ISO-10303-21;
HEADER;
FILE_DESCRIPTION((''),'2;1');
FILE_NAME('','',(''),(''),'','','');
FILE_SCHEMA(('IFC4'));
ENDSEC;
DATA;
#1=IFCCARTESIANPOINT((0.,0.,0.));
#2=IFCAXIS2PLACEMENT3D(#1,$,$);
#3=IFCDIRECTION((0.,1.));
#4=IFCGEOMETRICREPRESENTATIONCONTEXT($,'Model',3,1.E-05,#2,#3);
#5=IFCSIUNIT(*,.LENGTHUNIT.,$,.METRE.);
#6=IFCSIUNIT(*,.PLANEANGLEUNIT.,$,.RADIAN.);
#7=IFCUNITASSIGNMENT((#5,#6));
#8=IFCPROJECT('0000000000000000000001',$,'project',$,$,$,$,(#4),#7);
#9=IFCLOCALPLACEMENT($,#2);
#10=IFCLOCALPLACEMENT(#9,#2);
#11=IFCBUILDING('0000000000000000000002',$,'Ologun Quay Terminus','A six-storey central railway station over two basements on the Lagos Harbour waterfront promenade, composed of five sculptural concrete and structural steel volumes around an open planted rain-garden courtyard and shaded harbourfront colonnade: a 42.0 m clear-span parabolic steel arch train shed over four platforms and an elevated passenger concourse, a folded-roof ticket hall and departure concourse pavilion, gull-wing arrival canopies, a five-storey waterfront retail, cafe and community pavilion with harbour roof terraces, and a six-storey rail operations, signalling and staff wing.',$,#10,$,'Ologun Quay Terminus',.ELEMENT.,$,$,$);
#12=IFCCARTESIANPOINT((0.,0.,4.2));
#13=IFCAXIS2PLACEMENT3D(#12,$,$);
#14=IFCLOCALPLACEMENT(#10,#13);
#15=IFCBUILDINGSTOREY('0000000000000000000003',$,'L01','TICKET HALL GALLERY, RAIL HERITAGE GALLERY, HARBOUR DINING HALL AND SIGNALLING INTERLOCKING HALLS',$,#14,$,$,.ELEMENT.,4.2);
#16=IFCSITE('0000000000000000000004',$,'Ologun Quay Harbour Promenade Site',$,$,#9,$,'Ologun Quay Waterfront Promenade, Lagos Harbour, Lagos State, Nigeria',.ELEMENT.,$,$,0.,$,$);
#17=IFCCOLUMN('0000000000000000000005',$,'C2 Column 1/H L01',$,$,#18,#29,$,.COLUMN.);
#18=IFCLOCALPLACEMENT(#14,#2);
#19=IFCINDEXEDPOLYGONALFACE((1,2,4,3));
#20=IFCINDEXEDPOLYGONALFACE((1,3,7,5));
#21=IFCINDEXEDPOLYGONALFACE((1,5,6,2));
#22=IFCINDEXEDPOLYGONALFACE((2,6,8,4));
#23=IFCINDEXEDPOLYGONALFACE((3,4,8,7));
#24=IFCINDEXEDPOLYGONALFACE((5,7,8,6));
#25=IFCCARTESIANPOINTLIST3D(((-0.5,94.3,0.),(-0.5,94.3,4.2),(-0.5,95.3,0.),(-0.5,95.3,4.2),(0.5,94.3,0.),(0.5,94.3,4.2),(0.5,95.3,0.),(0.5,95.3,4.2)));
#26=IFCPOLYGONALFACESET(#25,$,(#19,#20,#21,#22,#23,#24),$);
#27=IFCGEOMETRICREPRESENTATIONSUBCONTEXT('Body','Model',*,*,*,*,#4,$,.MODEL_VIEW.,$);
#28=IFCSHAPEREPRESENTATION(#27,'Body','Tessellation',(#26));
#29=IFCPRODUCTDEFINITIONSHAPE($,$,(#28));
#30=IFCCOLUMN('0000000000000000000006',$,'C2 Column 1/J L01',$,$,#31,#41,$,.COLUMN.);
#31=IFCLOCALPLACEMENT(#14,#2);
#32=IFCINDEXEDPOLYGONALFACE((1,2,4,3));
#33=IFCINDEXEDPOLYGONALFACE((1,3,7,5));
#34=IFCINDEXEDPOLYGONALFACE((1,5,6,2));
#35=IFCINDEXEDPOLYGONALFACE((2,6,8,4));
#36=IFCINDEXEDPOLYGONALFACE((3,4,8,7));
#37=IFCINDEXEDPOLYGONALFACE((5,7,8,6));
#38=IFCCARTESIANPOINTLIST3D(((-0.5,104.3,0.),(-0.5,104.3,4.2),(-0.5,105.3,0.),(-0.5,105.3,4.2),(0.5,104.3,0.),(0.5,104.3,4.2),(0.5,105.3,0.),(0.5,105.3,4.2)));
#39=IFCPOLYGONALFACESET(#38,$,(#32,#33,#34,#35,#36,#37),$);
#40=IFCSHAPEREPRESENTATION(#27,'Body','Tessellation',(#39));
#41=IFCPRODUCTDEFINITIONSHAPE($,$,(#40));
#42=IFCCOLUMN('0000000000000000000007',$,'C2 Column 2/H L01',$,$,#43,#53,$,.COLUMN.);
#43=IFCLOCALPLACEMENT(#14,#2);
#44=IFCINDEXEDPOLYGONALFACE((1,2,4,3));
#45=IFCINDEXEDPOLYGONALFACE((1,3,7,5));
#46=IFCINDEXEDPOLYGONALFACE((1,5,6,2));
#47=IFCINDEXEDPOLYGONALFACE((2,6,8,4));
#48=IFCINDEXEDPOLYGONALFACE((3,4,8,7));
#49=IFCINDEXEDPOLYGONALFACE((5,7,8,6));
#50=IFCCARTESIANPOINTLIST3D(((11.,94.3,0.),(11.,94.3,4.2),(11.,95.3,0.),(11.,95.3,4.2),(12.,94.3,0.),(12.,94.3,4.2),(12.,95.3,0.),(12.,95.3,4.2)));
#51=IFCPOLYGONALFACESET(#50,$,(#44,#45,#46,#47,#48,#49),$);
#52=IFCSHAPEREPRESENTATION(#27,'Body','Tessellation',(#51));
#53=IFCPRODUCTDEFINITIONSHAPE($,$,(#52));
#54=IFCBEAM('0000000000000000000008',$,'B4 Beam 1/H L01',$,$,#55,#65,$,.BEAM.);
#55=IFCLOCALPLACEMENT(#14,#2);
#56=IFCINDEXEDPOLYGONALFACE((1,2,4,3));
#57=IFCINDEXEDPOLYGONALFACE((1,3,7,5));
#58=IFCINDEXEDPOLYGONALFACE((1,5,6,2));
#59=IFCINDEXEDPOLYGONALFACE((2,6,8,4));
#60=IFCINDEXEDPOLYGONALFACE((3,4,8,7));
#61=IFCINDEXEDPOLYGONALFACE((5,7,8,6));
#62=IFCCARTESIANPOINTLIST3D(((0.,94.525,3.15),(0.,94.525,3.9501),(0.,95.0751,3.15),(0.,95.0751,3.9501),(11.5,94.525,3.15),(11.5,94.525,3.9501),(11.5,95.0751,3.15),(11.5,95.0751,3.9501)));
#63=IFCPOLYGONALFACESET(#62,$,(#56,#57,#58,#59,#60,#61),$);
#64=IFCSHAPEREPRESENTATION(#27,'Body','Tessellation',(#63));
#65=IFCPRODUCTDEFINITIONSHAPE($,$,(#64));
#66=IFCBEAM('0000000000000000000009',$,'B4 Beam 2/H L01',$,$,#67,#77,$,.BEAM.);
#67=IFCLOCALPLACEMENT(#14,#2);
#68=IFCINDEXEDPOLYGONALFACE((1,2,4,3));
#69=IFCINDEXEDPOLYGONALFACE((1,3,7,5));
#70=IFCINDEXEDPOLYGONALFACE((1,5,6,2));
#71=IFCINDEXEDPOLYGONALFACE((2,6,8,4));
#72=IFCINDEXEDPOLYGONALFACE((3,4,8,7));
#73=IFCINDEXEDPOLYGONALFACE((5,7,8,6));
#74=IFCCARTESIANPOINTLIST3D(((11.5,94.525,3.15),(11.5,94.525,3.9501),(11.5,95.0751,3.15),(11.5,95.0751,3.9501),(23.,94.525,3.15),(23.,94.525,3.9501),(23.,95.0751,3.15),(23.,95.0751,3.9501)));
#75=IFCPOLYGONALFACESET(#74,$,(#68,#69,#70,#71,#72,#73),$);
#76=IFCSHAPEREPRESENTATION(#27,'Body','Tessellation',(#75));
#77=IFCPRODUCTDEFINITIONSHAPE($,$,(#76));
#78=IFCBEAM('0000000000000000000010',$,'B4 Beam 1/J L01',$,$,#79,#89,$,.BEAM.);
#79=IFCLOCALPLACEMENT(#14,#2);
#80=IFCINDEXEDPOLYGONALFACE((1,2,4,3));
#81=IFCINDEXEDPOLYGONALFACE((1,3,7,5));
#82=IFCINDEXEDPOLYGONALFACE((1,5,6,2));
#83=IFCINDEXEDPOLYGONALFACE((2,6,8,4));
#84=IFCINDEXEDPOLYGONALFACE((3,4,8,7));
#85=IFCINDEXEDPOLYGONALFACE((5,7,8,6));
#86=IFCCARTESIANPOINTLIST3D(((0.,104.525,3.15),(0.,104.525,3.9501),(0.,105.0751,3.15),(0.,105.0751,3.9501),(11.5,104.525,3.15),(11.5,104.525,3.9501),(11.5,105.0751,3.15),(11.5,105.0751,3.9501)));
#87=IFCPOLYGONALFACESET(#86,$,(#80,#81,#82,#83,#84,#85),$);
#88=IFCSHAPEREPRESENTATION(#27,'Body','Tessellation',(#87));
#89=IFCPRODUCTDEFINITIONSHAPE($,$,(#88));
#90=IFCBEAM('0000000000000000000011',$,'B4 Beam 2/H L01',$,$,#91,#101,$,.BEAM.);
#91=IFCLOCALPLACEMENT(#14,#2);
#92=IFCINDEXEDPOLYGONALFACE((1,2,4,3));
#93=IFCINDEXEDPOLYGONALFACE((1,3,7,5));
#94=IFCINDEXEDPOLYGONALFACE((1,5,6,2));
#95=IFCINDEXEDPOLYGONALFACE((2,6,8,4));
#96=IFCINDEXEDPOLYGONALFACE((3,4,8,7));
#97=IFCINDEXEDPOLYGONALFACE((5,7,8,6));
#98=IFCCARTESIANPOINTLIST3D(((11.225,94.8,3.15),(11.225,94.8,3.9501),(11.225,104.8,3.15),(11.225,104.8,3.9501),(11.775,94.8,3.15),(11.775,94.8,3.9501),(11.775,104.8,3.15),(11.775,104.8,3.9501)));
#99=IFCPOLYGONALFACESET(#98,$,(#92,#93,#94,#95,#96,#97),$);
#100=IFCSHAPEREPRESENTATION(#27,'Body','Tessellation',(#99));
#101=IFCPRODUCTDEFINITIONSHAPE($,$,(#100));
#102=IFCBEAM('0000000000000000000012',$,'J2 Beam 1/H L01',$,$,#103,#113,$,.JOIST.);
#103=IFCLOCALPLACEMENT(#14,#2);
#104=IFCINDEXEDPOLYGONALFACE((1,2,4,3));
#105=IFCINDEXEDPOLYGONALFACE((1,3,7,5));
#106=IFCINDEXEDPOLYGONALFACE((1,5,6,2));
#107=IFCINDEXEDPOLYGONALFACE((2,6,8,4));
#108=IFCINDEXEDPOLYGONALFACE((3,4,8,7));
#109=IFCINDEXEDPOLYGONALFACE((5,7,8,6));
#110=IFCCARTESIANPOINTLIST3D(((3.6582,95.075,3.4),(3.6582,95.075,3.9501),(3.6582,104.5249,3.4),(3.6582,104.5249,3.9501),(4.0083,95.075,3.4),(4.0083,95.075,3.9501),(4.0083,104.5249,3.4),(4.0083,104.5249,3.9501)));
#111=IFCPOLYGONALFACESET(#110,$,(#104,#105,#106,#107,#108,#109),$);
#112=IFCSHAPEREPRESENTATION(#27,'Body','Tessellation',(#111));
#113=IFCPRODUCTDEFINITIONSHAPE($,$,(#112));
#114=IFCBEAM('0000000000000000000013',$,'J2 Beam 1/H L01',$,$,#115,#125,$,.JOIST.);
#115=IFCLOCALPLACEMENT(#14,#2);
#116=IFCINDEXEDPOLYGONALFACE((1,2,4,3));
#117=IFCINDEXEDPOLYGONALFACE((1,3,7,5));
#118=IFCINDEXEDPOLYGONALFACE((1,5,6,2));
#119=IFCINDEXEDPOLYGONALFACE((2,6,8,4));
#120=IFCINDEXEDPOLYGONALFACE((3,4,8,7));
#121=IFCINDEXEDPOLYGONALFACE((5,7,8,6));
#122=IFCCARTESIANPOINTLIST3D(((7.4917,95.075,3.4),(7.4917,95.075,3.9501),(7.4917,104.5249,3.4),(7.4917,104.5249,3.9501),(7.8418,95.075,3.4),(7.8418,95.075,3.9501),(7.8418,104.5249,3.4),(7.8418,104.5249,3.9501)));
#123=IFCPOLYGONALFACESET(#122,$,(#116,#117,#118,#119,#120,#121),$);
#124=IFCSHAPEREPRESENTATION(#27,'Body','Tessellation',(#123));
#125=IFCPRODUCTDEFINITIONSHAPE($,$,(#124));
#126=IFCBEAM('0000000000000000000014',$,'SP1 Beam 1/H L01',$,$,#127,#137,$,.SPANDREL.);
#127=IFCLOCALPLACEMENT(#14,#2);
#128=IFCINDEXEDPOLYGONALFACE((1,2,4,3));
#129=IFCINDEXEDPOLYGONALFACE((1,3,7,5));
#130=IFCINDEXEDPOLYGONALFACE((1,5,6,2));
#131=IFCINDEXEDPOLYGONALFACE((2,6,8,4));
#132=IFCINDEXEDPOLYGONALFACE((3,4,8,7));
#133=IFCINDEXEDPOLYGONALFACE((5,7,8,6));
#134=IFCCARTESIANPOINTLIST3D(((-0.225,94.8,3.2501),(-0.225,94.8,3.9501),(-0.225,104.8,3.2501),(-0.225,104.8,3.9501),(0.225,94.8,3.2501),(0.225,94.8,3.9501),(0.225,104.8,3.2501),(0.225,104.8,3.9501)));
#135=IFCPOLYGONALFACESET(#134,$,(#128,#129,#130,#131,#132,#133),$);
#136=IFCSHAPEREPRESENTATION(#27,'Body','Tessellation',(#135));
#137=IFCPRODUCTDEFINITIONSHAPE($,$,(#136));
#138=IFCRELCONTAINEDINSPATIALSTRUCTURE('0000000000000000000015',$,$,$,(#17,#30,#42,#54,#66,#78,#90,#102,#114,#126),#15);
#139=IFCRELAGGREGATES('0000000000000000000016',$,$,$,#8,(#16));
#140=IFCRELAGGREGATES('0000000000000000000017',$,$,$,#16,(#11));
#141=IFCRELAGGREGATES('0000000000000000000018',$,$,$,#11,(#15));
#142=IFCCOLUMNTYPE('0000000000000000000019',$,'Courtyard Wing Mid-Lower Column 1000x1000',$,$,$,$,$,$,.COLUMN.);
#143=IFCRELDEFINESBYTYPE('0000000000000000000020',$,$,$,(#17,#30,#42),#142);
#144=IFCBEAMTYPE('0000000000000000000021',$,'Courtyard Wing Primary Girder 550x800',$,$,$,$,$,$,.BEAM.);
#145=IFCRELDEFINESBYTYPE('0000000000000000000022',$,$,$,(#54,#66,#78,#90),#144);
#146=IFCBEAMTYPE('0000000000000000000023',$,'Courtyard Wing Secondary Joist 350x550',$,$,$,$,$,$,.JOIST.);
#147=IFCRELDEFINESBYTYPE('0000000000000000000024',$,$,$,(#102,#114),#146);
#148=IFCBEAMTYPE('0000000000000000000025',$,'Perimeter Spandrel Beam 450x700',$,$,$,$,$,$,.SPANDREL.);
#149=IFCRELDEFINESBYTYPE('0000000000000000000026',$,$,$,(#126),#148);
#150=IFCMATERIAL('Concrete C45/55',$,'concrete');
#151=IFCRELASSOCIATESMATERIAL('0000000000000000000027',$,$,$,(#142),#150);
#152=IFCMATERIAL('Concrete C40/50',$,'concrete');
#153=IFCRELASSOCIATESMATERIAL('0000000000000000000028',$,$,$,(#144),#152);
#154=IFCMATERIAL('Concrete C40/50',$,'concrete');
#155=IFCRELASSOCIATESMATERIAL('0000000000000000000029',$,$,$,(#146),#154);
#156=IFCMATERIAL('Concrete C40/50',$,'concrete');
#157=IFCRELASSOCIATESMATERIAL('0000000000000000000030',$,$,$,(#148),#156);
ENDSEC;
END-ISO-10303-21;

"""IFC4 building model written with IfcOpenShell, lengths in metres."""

from ifc_helpers import new_model, si_unit, direction, frame, origin, origin_2d, place, context, subcontext, project, spatial, rectangle, extrude, material, material_profile, profile_set, type_object, element, save


model = new_model("IFC4")

# Units and contexts
model_context = context("Model", 3, precision=1e-05, world=origin(), true_north=direction((0.0, 1.0)))
body_context = subcontext(model_context, "Body", "Model", "MODEL_VIEW")
ifc_project = project(units=[si_unit("LENGTHUNIT", "METRE"), si_unit("PLANEANGLEUNIT", "RADIAN")], contexts=[model_context])

# Site, building, storey
site_placement = place(None, origin())
site = spatial("IfcSite", under=ifc_project, at=site_placement, Name="Ologun Quay Harbour Promenade Site", LongName="Ologun Quay Waterfront Promenade, Lagos Harbour, Lagos State, Nigeria", CompositionType="ELEMENT", RefElevation=0.0)
building_placement = place(site_placement, origin())
building = spatial("IfcBuilding", under=site, at=building_placement, Name="Ologun Quay Terminus", Description="A six-storey central railway station over two basements on the Lagos Harbour waterfront promenade, composed of five sculptural concrete and structural steel volumes around an open planted rain-garden courtyard and shaded harbourfront colonnade: a 42.0 m clear-span parabolic steel arch train shed over four platforms and an elevated passenger concourse, a folded-roof ticket hall and departure concourse pavilion, gull-wing arrival canopies, a five-storey waterfront retail, cafe and community pavilion with harbour roof terraces, and a six-storey rail operations, signalling and staff wing.", LongName="Ologun Quay Terminus", CompositionType="ELEMENT")
storey_placement = place(building_placement, frame((0.0, 0.0, 4.2)))
storey = spatial("IfcBuildingStorey", under=building, at=storey_placement, Name="L01", Description="TICKET HALL GALLERY, RAIL HERITAGE GALLERY, HARBOUR DINING HALL AND SIGNALLING INTERLOCKING HALLS", CompositionType="ELEMENT", Elevation=4.2)

# Columns
ifc_material_1 = material(Name="Concrete C45/55", Category="concrete")
ifc_material_profile_1 = material_profile(ifc_material_1, rectangle(XDim=1.0, YDim=1.0, at=origin_2d()), Name="RC 1000x1000")
ifc_profile_set_1 = profile_set([ifc_material_profile_1], Name="Concrete C45/55")
column_type = type_object("IfcColumnType", Name="Courtyard Wing Mid-Lower Column 1000x1000", PredefinedType="COLUMN", material=ifc_profile_set_1)
for number, where, z_axis, x_axis, name in (
    (1, (0.0, 94.8, 0.0), (0.0, 0.0, 1.0), (1.0, 0.0, 0.0), "C2 Column 1/H L01"),
    (2, (0.0, 104.8, 0.0), (0.0, 0.0, 1.0), (1.0, 0.0, 0.0), "C2 Column 1/J L01"),
    (3, (11.5, 94.8, 0.0), (0.0, 0.0, 1.0), (1.0, 0.0, 0.0), "C2 Column 2/H L01"),
):
    element("IfcColumn", number, at=place(storey_placement, frame(where, z_axis=z_axis, x_axis=x_axis)), inside=storey, type_object=column_type, Name=name, PredefinedType="COLUMN", context=body_context, shape_type="SweptSolid", body=[
        extrude(rectangle(XDim=1.0, YDim=1.0, at=origin_2d()), origin(), (0.0, 0.0, 1.0), 4.2),
    ])

# Beams
ifc_material_2 = material(Name="Concrete C40/50", Category="concrete")
ifc_material_profile_2 = material_profile(ifc_material_2, rectangle(XDim=0.55, YDim=0.8, at=origin_2d()), Name="RC 550x800")
ifc_profile_set_2 = profile_set([ifc_material_profile_2], Name="Concrete C40/50")
beam_type_1 = type_object("IfcBeamType", Name="Courtyard Wing Primary Girder 550x800", PredefinedType="BEAM", material=ifc_profile_set_2)
for number, where, z_axis, x_axis, name in (
    (4, (0.0, 94.8, 3.55), (1.0, 0.0, 0.0), (0.0, 1.0, 0.0), "B4 Beam 1/H L01"),
    (5, (11.5, 94.8, 3.55), (1.0, 0.0, 0.0), (0.0, 1.0, 0.0), "B4 Beam 2/H L01"),
    (6, (0.0, 104.8, 3.55), (1.0, 0.0, 0.0), (0.0, 1.0, 0.0), "B4 Beam 1/J L01"),
):
    element("IfcBeam", number, at=place(storey_placement, frame(where, z_axis=z_axis, x_axis=x_axis)), inside=storey, type_object=beam_type_1, Name=name, PredefinedType="BEAM", context=body_context, shape_type="SweptSolid", body=[
        extrude(rectangle(XDim=0.55, YDim=0.8, at=origin_2d()), origin(), (0.0, 0.0, 1.0), 11.5),
    ])
beam_1_placement = place(storey_placement, frame((11.5, 94.8, 3.55), z_axis=(0.0, 1.0, 0.0), x_axis=(-1.0, 0.0, 0.0)))
element("IfcBeam", 7, at=beam_1_placement, inside=storey, type_object=beam_type_1, Name="B4 Beam 2/H L01", PredefinedType="BEAM", context=body_context, shape_type="SweptSolid", body=[
    extrude(rectangle(XDim=0.55, YDim=0.8, at=origin_2d()), origin(), (0.0, 0.0, 1.0), 10.0),
])
ifc_material_3 = material(Name="Concrete C40/50", Category="concrete")
ifc_material_profile_3 = material_profile(ifc_material_3, rectangle(XDim=0.3501, YDim=0.55, at=origin_2d()), Name="RC 350x550")
ifc_profile_set_3 = profile_set([ifc_material_profile_3], Name="Concrete C40/50")
beam_type_2 = type_object("IfcBeamType", Name="Courtyard Wing Secondary Joist 350x550", PredefinedType="JOIST", material=ifc_profile_set_3)
for number, where, z_axis, x_axis, name in (
    (8, (3.8333, 95.075, 3.675), (0.0, 1.0, 0.0), (-1.0, 0.0, 0.0), "J2 Beam 1/H L01"),
    (9, (7.6667, 95.075, 3.675), (0.0, 1.0, 0.0), (-1.0, 0.0, 0.0), "J2 Beam 1/H L01"),
):
    element("IfcBeam", number, at=place(storey_placement, frame(where, z_axis=z_axis, x_axis=x_axis)), inside=storey, type_object=beam_type_2, Name=name, PredefinedType="JOIST", context=body_context, shape_type="SweptSolid", body=[
        extrude(rectangle(XDim=0.3501, YDim=0.55, at=origin_2d()), origin(), (0.0, 0.0, 1.0), 9.45),
    ])
ifc_material_4 = material(Name="Concrete C40/50", Category="concrete")
ifc_material_profile_4 = material_profile(ifc_material_4, rectangle(XDim=0.45, YDim=0.7, at=origin_2d()), Name="RC 450x700")
ifc_profile_set_4 = profile_set([ifc_material_profile_4], Name="Concrete C40/50")
beam_type_3 = type_object("IfcBeamType", Name="Perimeter Spandrel Beam 450x700", PredefinedType="SPANDREL", material=ifc_profile_set_4)
beam_2_placement = place(storey_placement, frame((0.0, 94.8, 3.6001), z_axis=(0.0, 1.0, 0.0), x_axis=(-1.0, 0.0, 0.0)))
element("IfcBeam", 10, at=beam_2_placement, inside=storey, type_object=beam_type_3, Name="SP1 Beam 1/H L01", PredefinedType="SPANDREL", context=body_context, shape_type="SweptSolid", body=[
    extrude(rectangle(XDim=0.45, YDim=0.7, at=origin_2d()), origin(), (0.0, 0.0, 1.0), 10.0),
])

save(model, "model.ifc")
